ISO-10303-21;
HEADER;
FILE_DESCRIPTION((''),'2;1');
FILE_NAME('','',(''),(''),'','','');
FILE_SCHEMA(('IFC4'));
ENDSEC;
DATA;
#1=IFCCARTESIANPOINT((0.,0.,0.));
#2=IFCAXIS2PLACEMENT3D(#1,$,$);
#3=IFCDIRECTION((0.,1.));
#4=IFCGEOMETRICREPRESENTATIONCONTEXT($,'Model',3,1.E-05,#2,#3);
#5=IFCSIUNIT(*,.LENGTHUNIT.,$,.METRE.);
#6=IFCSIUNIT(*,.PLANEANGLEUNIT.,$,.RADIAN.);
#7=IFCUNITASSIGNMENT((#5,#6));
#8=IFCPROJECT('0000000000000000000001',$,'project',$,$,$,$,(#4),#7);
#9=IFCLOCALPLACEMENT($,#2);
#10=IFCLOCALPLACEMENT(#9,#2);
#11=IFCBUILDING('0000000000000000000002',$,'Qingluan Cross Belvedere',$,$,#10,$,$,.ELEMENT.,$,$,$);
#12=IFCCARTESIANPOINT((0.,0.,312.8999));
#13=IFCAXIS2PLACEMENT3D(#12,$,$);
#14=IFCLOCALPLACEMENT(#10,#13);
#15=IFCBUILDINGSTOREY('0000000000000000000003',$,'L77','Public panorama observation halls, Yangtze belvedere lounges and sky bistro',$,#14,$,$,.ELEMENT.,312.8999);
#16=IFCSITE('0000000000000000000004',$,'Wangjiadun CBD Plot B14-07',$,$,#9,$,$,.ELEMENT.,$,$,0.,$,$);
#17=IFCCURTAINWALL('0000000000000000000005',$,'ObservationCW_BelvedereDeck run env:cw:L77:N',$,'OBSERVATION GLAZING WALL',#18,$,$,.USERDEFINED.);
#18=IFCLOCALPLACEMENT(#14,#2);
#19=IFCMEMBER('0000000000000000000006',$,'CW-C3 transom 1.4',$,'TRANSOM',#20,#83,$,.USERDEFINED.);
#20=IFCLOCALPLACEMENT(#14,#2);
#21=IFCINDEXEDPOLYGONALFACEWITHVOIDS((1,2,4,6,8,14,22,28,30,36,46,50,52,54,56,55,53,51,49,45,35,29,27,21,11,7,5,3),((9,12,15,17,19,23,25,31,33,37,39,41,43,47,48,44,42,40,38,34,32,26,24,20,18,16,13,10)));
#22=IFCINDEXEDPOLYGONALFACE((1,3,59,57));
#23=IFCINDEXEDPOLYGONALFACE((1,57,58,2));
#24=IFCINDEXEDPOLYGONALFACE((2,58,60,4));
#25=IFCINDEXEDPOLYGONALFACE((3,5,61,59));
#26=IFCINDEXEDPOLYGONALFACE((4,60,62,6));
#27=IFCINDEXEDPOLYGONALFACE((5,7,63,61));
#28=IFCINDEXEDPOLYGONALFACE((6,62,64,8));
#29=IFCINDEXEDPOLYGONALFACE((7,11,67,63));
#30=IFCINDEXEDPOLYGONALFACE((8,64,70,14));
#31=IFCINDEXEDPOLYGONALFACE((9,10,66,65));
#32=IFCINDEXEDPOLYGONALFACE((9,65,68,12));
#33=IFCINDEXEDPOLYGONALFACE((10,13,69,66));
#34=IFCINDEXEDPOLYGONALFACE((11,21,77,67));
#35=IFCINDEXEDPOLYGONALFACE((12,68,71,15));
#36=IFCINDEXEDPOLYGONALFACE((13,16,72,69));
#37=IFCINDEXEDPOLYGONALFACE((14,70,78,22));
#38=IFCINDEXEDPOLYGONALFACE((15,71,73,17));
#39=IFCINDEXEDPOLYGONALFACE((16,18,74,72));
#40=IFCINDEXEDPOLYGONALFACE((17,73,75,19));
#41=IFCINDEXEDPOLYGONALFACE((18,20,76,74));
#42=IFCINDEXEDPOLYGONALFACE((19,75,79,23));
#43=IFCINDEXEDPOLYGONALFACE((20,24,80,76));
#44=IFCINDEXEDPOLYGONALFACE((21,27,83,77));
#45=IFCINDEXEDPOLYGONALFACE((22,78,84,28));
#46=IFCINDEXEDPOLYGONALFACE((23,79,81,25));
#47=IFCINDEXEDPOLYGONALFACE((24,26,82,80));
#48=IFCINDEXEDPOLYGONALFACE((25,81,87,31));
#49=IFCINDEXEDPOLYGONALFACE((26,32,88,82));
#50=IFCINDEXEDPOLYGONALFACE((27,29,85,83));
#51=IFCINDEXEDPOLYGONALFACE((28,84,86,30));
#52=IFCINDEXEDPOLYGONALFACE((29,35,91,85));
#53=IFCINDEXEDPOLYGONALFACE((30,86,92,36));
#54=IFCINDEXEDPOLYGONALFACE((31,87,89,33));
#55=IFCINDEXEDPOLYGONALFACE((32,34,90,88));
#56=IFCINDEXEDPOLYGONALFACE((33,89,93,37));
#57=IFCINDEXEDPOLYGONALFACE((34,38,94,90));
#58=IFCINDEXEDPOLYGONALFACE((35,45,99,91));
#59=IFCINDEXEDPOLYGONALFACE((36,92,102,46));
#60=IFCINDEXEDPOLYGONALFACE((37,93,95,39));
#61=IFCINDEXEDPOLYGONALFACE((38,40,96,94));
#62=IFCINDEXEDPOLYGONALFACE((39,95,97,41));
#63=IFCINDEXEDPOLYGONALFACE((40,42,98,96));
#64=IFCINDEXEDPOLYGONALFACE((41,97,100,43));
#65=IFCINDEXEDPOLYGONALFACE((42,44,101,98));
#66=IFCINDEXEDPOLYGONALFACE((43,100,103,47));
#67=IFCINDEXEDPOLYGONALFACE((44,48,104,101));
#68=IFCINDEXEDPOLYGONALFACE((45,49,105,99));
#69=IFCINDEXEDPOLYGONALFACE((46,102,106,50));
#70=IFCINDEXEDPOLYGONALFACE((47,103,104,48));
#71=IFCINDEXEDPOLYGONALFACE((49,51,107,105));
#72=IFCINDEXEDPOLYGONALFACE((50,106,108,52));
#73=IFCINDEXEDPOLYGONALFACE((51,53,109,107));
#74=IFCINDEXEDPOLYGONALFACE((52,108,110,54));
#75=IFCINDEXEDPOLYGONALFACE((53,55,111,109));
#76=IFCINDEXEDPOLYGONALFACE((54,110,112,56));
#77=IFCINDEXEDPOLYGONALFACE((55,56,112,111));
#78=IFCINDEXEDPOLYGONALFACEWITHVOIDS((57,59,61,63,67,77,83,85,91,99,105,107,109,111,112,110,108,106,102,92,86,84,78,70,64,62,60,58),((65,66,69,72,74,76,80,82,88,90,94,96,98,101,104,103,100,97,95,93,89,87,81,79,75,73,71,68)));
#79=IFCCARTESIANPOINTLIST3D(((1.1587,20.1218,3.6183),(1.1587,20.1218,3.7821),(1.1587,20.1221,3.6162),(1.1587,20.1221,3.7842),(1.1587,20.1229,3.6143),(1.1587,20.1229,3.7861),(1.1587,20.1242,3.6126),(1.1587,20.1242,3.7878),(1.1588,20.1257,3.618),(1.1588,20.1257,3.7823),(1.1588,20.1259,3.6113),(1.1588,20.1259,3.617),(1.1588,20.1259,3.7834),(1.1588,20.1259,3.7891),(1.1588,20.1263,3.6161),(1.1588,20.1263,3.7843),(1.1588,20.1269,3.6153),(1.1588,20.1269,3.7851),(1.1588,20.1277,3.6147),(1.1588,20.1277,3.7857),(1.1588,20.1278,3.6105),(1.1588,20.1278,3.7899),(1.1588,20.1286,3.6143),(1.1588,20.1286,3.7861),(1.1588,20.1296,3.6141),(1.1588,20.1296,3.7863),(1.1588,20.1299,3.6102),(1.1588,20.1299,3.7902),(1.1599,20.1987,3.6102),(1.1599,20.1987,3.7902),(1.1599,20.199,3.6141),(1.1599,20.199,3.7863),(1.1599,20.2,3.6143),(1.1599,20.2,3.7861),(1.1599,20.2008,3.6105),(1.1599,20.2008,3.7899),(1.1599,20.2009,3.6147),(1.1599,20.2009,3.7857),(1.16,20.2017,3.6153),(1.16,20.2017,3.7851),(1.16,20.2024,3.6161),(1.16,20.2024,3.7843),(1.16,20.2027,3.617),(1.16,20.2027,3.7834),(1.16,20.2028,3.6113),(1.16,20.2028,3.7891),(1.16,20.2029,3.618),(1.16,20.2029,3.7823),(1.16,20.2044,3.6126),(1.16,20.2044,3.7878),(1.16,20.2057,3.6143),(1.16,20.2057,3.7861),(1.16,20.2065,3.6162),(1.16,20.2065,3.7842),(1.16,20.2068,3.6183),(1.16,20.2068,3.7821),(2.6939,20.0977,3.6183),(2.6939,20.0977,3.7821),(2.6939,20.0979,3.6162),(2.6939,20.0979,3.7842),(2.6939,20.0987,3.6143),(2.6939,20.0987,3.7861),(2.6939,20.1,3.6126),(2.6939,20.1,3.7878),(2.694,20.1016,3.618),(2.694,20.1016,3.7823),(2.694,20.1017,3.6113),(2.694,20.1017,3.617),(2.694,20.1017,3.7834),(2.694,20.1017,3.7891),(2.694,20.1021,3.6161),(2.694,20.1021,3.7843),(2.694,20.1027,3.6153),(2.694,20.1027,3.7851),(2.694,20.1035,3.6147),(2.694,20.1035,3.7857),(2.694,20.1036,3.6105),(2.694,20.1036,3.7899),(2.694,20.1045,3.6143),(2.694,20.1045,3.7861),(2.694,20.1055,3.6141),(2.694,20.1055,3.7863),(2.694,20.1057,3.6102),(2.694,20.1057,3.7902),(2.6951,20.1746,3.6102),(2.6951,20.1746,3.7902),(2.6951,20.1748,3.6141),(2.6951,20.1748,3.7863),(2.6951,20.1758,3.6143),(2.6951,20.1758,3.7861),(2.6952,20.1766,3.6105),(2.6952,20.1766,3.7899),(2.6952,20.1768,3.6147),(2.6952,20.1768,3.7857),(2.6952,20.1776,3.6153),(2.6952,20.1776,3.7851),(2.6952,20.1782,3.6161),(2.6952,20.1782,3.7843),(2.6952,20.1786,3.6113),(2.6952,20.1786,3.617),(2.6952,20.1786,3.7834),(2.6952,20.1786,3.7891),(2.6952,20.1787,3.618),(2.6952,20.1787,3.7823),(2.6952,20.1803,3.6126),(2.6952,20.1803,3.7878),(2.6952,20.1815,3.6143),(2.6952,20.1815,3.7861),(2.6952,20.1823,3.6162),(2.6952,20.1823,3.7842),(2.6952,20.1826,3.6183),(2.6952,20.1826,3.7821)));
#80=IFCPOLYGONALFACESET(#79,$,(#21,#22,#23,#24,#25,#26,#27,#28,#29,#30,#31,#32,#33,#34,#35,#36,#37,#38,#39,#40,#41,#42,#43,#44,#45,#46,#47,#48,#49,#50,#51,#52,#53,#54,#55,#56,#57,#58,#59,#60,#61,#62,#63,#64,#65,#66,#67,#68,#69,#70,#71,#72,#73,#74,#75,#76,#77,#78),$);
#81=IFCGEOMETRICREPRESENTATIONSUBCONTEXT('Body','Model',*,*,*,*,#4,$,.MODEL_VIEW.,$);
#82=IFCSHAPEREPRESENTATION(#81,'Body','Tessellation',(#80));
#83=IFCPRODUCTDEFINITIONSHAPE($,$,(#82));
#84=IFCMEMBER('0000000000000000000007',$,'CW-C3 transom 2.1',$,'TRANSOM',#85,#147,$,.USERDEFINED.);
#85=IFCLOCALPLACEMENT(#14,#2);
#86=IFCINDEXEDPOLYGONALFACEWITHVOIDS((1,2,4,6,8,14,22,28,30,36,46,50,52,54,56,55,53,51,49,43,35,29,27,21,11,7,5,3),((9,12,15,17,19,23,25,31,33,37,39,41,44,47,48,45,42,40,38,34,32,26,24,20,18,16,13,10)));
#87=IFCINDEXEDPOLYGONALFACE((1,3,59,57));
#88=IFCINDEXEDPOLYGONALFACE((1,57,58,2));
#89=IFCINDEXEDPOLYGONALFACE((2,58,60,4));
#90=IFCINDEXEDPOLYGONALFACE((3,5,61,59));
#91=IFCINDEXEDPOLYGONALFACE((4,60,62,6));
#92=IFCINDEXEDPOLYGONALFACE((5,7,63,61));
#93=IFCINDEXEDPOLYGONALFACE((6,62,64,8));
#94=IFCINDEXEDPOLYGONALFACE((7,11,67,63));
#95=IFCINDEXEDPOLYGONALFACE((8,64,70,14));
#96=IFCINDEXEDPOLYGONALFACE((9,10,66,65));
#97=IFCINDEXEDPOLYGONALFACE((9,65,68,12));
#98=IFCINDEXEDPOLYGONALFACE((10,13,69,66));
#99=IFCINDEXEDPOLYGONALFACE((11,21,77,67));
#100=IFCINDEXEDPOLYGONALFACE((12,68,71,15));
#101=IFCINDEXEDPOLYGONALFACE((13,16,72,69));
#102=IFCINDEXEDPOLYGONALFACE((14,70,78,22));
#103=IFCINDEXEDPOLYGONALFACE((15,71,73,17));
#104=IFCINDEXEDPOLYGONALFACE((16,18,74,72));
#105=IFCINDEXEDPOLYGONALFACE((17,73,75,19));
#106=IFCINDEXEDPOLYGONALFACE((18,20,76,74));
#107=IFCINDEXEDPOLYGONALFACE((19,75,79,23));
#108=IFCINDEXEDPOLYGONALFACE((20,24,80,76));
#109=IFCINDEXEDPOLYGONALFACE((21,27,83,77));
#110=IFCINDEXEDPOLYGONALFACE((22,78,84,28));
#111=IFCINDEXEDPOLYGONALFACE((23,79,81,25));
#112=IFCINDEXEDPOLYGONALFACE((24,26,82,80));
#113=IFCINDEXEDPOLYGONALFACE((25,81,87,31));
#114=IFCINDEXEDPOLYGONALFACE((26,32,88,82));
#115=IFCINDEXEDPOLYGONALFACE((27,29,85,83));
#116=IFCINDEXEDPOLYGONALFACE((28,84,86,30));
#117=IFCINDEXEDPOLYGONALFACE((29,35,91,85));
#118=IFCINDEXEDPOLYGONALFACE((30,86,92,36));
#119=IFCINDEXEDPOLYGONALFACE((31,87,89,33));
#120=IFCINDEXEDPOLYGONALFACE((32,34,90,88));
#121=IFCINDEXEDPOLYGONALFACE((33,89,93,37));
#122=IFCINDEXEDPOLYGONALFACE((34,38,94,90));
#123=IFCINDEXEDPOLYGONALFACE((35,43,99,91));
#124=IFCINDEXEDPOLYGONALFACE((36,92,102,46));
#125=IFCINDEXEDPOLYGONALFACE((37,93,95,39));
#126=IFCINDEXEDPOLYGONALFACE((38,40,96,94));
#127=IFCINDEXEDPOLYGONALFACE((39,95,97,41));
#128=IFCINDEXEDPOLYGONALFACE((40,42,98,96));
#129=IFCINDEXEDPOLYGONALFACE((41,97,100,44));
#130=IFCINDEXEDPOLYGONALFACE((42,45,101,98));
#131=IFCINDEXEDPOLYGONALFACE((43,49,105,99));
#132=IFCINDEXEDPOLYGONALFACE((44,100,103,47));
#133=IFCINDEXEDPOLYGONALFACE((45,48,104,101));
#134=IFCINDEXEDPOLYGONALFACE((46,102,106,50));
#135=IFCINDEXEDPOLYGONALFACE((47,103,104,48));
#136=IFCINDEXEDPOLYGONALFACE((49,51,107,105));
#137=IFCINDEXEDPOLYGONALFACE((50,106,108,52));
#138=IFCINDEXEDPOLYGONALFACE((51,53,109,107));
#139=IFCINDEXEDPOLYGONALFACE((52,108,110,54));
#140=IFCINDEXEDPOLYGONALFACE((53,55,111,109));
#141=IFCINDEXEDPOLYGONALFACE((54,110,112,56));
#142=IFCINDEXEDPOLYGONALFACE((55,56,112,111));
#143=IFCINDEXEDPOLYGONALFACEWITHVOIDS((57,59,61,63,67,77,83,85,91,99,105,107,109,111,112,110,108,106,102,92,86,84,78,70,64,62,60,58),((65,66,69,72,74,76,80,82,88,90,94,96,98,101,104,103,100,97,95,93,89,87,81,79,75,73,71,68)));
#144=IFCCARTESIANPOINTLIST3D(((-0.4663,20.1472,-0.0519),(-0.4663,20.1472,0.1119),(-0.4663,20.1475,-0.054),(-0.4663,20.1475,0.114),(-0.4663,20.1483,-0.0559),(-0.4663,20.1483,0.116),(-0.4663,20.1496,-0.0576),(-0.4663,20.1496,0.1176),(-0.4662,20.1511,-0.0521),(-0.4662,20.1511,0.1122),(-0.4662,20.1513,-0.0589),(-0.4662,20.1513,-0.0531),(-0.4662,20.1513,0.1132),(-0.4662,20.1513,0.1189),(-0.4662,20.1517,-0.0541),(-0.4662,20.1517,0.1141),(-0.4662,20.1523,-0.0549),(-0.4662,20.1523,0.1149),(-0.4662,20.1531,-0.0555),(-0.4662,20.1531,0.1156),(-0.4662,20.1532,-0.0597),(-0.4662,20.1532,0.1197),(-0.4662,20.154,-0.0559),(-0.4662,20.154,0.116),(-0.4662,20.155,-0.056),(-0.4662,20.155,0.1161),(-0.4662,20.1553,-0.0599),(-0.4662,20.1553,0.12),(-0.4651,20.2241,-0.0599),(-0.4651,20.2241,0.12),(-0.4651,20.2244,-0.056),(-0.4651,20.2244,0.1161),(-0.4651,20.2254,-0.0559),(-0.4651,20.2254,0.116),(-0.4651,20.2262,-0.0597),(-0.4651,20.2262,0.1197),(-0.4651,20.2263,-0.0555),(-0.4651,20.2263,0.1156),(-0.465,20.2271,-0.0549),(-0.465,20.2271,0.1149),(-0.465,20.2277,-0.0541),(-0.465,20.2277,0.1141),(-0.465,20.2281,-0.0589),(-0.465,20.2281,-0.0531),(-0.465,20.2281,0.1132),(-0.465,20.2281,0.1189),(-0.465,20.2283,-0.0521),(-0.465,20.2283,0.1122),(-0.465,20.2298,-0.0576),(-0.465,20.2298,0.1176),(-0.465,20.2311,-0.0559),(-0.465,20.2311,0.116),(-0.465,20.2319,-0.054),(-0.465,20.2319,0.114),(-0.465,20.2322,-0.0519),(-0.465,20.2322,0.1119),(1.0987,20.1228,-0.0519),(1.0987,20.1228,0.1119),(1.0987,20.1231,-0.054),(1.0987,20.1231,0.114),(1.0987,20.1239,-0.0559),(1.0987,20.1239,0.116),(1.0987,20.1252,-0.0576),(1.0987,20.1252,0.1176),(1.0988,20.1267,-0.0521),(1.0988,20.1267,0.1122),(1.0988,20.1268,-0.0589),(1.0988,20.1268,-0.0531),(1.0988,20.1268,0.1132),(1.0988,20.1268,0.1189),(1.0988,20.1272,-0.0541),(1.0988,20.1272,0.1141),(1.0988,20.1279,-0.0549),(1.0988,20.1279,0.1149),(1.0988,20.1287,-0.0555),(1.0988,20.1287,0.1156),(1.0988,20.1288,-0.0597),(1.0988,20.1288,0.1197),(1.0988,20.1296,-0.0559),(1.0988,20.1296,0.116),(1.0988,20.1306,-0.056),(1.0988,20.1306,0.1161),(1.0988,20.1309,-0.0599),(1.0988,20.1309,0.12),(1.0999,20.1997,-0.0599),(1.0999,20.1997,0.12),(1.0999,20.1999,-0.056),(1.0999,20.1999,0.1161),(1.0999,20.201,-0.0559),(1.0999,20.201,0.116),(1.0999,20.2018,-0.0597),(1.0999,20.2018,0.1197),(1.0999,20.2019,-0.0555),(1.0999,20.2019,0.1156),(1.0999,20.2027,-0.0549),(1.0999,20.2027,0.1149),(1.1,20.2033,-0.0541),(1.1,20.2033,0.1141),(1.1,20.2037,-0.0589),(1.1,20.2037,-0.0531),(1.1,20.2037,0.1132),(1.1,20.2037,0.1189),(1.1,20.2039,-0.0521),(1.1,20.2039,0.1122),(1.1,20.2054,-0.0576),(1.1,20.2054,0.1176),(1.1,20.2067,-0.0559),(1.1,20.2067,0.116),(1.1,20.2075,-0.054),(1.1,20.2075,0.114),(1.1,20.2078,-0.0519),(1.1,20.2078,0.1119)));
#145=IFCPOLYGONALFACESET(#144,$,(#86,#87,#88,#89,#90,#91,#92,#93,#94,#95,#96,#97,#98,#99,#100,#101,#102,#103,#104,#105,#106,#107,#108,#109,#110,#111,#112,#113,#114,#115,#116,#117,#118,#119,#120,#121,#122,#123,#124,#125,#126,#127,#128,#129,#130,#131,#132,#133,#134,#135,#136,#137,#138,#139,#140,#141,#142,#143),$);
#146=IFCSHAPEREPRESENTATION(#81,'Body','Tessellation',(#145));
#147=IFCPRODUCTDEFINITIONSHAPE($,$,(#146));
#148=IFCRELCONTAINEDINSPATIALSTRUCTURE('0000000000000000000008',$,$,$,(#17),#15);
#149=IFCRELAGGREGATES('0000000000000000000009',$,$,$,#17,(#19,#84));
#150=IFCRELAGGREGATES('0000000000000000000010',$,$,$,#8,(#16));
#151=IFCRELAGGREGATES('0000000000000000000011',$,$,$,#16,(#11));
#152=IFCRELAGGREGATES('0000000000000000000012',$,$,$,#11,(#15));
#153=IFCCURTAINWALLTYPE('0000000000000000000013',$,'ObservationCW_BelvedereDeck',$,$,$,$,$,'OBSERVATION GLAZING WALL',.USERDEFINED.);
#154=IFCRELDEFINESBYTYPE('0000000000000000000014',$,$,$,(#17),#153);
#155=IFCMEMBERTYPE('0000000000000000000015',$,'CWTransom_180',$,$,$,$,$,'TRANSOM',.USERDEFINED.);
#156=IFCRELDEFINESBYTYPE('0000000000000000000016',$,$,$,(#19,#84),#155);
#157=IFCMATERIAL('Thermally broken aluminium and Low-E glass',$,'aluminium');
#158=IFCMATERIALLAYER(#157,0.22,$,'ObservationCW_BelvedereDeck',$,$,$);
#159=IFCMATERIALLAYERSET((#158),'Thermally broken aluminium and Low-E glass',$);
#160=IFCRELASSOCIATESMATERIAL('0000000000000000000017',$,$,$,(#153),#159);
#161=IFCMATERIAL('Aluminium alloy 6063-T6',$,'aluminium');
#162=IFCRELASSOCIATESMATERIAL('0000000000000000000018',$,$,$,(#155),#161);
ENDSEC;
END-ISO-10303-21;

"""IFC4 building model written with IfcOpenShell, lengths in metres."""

from ifc_helpers import new_model, si_unit, direction, frame, origin, origin_2d, place, context, subcontext, project, spatial, hollow_rectangle, extrude, material, layer, layer_set, material_profile, profile_set, type_object, element, aggregate, save


model = new_model("IFC4")

# Units and contexts
model_context = context("Model", 3, precision=1e-05, world=origin(), true_north=direction((0.0, 1.0)))
body_context = subcontext(model_context, "Body", "Model", "MODEL_VIEW")
ifc_project = project(units=[si_unit("LENGTHUNIT", "METRE"), si_unit("PLANEANGLEUNIT", "RADIAN")], contexts=[model_context])

# Site, building, storey
site_placement = place(None, origin())
site = spatial("IfcSite", under=ifc_project, at=site_placement, Name="Wangjiadun CBD Plot B14-07", CompositionType="ELEMENT", RefElevation=0.0)
building_placement = place(site_placement, origin())
building = spatial("IfcBuilding", under=site, at=building_placement, Name="Qingluan Cross Belvedere", CompositionType="ELEMENT")
storey_placement = place(building_placement, frame((0.0, 0.0, 312.8999)))
storey = spatial("IfcBuildingStorey", under=building, at=storey_placement, Name="L77", Description="Public panorama observation halls, Yangtze belvedere lounges and sky bistro", CompositionType="ELEMENT", Elevation=312.8999)

# Curtain wall, members
ifc_material_1 = material(Name="Thermally broken aluminium and Low-E glass", Category="aluminium")
ifc_layer_1 = layer(ifc_material_1, 0.22, Name="ObservationCW_BelvedereDeck")
ifc_layer_set_1 = layer_set([ifc_layer_1], Name="Thermally broken aluminium and Low-E glass")
curtain_wall_type = type_object("IfcCurtainWallType", Name="ObservationCW_BelvedereDeck", ElementType="OBSERVATION GLAZING WALL", PredefinedType="USERDEFINED", material=ifc_layer_set_1)
curtain_wall_placement = place(storey_placement, origin())
curtain_wall = element("IfcCurtainWall", 1, at=curtain_wall_placement, inside=storey, type_object=curtain_wall_type, Name="ObservationCW_BelvedereDeck run env:cw:L77:N", ObjectType="OBSERVATION GLAZING WALL", PredefinedType="USERDEFINED")
ifc_material_2 = material(Name="Aluminium alloy 6063-T6", Category="aluminium")
ifc_material_profile_1 = material_profile(ifc_material_2, hollow_rectangle(XDim=0.085, YDim=0.1799, WallThickness=0.0039, InnerFilletRadius=0.0039, OuterFilletRadius=0.0081, at=origin_2d()), Name="CWT180x85x4")
ifc_profile_set_1 = profile_set([ifc_material_profile_1], Name="Aluminium alloy 6063-T6")
member_type_1 = type_object("IfcMemberType", Name="CWTransom_180", ElementType="TRANSOM", PredefinedType="USERDEFINED", material=ifc_profile_set_1)
member_1_placement = place(storey_placement, frame((2.6946, 20.1401, 3.7002), z_axis=(-0.999876, 0.015742, 0.0), x_axis=(-0.015742, -0.999876, 0.0)))
member_1 = element("IfcMember", 2, at=member_1_placement, type_object=member_type_1, Name="CW-C3 transom 1.4", ObjectType="TRANSOM", PredefinedType="USERDEFINED", context=body_context, shape_type="SweptSolid", body=[
    extrude(hollow_rectangle(XDim=0.085, YDim=0.1799, WallThickness=0.0039, InnerFilletRadius=0.0039, OuterFilletRadius=0.0081, at=origin_2d()), origin(), (0.0, 0.0, 1.0), 1.5354),
])
member_2_placement = place(storey_placement, frame((1.0994, 20.1653, 0.03), z_axis=(-0.999878, 0.015599, 0.0), x_axis=(-0.015599, -0.999878, 0.0)))
member_2 = element("IfcMember", 3, at=member_2_placement, type_object=member_type_1, Name="CW-C3 transom 2.1", ObjectType="TRANSOM", PredefinedType="USERDEFINED", context=body_context, shape_type="SweptSolid", body=[
    extrude(hollow_rectangle(XDim=0.085, YDim=0.1799, WallThickness=0.0039, InnerFilletRadius=0.0039, OuterFilletRadius=0.0081, at=origin_2d()), origin(), (0.0, 0.0, 1.0), 1.5652),
])

aggregate(curtain_wall, [member_1, member_2])

save(model, "model.ifc")
